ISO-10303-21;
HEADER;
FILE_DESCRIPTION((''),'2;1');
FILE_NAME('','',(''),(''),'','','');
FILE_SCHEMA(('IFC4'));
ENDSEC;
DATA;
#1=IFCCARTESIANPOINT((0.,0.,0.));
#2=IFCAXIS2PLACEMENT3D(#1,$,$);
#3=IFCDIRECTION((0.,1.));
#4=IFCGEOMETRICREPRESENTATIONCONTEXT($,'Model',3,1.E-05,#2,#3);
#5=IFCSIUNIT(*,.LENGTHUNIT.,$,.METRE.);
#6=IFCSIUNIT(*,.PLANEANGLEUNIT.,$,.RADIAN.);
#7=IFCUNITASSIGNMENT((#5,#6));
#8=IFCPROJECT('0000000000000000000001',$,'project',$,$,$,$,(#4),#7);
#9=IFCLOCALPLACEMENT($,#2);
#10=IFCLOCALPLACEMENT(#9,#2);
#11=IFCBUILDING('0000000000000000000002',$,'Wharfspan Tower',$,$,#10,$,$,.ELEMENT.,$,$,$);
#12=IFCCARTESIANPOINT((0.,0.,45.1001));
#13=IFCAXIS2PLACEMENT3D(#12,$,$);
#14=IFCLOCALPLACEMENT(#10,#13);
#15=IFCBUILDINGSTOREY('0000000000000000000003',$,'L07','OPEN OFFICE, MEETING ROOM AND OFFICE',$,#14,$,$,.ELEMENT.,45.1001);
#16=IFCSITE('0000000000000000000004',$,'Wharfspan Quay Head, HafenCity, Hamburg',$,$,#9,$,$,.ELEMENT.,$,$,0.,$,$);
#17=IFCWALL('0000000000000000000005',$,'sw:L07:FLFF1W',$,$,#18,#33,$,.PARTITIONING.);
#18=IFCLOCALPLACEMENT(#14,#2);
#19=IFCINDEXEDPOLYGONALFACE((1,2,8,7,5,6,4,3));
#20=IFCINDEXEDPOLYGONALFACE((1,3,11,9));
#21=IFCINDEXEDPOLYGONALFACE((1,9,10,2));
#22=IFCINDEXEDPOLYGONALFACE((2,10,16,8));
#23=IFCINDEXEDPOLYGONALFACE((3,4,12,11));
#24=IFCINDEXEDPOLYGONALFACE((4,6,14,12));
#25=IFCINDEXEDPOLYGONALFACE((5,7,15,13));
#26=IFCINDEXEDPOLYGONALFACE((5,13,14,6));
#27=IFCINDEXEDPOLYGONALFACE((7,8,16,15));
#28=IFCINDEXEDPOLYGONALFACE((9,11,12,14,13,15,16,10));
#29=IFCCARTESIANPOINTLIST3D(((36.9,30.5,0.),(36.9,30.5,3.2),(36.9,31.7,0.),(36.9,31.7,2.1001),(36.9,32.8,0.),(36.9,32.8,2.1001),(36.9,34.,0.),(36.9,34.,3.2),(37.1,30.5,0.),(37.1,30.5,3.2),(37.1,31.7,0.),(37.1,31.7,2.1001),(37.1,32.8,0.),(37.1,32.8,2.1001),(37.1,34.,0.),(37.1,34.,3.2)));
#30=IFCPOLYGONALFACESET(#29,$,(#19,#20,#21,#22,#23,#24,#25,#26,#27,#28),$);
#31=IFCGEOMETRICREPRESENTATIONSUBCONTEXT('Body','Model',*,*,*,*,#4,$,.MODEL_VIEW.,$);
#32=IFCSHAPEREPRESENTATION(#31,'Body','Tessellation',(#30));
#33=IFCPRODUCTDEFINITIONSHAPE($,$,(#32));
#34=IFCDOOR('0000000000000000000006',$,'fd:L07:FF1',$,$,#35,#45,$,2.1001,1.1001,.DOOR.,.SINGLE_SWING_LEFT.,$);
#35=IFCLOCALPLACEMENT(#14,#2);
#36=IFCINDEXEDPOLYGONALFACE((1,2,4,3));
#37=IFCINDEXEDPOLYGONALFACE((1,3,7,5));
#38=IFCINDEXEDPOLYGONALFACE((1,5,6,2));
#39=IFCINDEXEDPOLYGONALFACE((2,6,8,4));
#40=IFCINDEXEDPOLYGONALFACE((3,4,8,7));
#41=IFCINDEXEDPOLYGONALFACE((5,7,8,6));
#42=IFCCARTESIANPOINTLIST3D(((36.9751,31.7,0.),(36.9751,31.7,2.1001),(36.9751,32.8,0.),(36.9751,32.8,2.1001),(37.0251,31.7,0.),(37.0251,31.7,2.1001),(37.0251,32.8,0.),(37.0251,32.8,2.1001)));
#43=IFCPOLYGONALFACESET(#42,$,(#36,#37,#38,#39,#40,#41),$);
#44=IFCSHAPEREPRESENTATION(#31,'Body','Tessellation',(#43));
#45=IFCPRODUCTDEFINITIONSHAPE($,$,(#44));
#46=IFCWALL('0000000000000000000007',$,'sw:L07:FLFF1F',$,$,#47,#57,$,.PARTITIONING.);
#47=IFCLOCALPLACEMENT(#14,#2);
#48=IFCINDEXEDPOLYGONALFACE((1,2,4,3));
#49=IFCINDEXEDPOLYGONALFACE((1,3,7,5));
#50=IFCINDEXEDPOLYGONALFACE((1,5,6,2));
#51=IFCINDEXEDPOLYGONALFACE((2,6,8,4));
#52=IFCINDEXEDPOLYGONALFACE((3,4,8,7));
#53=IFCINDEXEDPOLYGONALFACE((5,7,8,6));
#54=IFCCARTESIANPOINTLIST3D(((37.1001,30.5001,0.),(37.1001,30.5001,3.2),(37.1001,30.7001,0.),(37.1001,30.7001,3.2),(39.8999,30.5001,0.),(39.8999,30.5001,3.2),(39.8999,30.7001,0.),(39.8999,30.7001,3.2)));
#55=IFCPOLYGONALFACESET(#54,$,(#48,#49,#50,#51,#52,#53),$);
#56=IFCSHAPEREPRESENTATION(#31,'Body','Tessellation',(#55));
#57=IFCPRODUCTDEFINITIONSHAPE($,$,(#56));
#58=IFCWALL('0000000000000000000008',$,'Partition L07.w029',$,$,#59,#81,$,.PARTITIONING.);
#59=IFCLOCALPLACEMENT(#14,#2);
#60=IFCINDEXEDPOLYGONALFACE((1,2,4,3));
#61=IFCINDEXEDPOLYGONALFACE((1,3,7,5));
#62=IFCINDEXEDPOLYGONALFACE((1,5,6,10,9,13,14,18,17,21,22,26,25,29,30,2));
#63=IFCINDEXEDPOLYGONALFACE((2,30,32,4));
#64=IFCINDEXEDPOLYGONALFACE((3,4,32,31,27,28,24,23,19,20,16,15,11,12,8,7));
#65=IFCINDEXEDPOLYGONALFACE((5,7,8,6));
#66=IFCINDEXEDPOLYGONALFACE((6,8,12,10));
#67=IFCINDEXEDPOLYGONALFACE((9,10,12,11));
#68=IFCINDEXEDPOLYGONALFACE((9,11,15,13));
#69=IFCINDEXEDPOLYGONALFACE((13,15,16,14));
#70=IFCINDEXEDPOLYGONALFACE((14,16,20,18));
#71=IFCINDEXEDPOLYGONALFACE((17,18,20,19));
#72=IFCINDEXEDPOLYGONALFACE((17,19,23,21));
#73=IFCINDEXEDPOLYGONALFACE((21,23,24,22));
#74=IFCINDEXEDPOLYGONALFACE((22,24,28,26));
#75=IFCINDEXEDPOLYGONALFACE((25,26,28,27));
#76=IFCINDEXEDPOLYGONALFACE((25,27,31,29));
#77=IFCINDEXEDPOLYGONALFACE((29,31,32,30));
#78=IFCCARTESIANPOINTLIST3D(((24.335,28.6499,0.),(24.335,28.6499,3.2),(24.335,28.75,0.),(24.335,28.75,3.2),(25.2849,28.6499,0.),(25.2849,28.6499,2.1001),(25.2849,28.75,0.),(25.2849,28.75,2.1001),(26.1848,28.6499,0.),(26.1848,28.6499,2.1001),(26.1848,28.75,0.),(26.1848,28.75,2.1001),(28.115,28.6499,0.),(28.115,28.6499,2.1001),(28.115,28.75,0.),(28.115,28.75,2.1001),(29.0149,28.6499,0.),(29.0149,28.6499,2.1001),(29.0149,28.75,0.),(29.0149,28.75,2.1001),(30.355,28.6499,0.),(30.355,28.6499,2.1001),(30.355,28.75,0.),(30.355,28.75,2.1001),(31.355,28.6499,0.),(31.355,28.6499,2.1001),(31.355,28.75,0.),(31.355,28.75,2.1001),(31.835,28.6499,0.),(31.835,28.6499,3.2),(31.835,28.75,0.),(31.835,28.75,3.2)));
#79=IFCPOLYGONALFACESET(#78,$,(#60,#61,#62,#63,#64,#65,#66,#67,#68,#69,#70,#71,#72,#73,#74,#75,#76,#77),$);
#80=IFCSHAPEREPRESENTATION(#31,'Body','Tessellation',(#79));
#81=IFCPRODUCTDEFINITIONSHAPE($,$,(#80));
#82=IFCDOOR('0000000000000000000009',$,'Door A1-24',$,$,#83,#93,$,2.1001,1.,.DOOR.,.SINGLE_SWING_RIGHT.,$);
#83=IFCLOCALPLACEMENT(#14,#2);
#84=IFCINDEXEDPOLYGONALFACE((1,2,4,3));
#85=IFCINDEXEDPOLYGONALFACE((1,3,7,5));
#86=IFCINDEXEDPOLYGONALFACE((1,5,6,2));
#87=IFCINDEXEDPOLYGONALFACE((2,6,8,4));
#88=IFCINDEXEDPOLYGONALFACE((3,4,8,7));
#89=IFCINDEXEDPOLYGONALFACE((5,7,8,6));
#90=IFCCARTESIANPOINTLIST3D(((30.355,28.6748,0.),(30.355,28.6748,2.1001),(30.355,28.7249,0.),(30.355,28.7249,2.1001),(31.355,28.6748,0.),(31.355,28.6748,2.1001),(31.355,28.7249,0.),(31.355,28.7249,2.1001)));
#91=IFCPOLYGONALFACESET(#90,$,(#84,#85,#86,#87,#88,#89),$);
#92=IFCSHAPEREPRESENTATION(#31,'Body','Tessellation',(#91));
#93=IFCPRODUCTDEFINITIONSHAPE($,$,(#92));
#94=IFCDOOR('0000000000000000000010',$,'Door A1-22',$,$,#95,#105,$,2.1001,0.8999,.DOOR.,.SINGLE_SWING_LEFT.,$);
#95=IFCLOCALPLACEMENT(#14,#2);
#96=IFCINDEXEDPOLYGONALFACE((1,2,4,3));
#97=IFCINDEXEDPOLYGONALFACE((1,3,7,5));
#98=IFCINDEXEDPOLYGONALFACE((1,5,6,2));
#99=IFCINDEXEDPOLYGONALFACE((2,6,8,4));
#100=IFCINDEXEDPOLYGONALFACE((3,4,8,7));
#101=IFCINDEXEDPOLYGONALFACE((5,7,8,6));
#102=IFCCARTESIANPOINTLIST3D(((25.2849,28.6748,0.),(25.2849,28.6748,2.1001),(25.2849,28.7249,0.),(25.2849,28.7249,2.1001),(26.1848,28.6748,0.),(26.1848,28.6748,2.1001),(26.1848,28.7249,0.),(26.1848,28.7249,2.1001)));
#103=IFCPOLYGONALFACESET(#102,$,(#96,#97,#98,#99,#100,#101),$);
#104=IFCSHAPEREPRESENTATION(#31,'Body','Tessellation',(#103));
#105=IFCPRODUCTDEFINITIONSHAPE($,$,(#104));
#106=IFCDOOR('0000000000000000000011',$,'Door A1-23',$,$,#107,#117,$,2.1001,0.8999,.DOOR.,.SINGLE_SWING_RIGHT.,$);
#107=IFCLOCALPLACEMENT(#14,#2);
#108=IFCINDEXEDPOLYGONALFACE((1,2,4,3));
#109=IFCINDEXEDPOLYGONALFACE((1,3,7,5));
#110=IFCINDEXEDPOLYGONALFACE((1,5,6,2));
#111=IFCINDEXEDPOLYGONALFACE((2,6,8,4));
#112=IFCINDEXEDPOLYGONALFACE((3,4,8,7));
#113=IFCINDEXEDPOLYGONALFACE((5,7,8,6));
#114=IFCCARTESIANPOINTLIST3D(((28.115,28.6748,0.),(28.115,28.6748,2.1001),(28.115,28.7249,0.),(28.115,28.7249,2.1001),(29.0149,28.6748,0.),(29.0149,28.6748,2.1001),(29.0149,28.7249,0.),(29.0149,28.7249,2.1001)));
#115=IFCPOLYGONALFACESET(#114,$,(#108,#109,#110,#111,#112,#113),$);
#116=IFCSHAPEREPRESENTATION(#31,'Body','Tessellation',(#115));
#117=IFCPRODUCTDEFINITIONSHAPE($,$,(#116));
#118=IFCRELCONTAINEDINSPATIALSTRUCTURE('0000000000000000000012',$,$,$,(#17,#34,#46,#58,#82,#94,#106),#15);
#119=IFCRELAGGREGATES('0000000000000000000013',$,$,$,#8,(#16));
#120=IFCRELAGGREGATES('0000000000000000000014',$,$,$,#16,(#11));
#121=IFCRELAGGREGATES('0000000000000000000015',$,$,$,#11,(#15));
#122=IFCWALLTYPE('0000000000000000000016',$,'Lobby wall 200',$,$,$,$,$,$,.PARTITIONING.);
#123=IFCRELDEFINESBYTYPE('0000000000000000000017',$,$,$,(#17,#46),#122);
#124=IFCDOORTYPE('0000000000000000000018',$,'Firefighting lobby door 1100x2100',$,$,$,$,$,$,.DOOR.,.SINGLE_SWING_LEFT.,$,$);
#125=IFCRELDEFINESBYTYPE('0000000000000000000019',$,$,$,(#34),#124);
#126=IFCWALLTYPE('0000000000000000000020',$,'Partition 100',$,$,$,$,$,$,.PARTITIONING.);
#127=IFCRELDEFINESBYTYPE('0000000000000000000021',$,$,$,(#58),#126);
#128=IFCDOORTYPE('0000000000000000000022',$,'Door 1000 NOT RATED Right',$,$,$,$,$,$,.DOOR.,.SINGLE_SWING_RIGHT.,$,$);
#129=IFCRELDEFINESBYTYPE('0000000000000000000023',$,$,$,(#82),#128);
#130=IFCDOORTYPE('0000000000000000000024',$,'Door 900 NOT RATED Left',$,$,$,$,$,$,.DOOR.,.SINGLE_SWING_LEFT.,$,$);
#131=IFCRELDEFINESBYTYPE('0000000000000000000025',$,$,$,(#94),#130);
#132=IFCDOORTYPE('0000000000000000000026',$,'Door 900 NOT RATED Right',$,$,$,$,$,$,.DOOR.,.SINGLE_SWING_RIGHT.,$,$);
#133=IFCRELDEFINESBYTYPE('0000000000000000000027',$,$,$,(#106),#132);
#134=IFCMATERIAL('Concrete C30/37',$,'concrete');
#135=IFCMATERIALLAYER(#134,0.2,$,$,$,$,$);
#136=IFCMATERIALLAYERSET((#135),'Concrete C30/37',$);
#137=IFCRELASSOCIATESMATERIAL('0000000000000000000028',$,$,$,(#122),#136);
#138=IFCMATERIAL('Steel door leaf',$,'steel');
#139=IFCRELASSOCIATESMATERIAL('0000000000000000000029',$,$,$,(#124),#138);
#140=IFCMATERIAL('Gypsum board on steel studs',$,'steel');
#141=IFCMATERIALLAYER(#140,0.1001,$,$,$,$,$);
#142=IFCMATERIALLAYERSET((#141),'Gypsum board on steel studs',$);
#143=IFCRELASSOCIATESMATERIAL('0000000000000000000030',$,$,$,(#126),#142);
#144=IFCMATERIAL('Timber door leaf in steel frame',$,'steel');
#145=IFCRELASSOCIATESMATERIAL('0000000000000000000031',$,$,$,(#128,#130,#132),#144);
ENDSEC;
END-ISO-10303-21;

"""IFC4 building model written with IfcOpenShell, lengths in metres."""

from ifc_helpers import new_model, si_unit, direction, frame, frame_2d, origin, place, context, subcontext, project, spatial, rectangle, extrude, material, layer, layer_set, type_object, element, fill, save


model = new_model("IFC4")

# Units and contexts
model_context = context("Model", 3, precision=1e-05, world=origin(), true_north=direction((0.0, 1.0)))
body_context = subcontext(model_context, "Body", "Model", "MODEL_VIEW")
ifc_project = project(units=[si_unit("LENGTHUNIT", "METRE"), si_unit("PLANEANGLEUNIT", "RADIAN")], contexts=[model_context])

# Site, building, storey
site_placement = place(None, origin())
site = spatial("IfcSite", under=ifc_project, at=site_placement, Name="Wharfspan Quay Head, HafenCity, Hamburg", CompositionType="ELEMENT", RefElevation=0.0)
building_placement = place(site_placement, origin())
building = spatial("IfcBuilding", under=site, at=building_placement, Name="Wharfspan Tower", CompositionType="ELEMENT")
storey_placement = place(building_placement, frame((0.0, 0.0, 45.1001)))
storey = spatial("IfcBuildingStorey", under=building, at=storey_placement, Name="L07", Description="OPEN OFFICE, MEETING ROOM AND OFFICE", CompositionType="ELEMENT", Elevation=45.1001)

# Shared definitions
ifc_material_1 = material(Name="Gypsum board on steel studs", Category="steel")

# Shared definitions
ifc_material_2 = material(Name="Steel door leaf", Category="steel")

# Wall, opening, door
ifc_material_3 = material(Name="Concrete C30/37", Category="concrete")
ifc_layer_1 = layer(ifc_material_3, 0.2)
ifc_layer_set_1 = layer_set([ifc_layer_1], Name="Concrete C30/37")
wall_type_1 = type_object("IfcWallType", Name="Lobby wall 200", PredefinedType="PARTITIONING", material=ifc_layer_set_1)
wall_1_placement = place(storey_placement, frame((37.0, 30.5, 0.0), z_axis=(0.0, 0.0, 1.0), x_axis=(0.0, 1.0, 0.0)))
wall_1 = element("IfcWall", 1, at=wall_1_placement, inside=storey, type_object=wall_type_1, Name="sw:L07:FLFF1W", PredefinedType="PARTITIONING", context=body_context, shape_type="SweptSolid", body=[
    extrude(rectangle(XDim=3.5, YDim=0.2, at=frame_2d((1.75, 0.0))), origin(), (0.0, 0.0, 1.0), 3.2),
])
opening_1_placement = place(wall_1_placement, frame((1.2, 0.0, 0.0)))
opening_1 = element("IfcOpeningElement", 2, at=opening_1_placement, cuts=wall_1, PredefinedType="OPENING", context=body_context, shape_type="SweptSolid", body=[
    extrude(rectangle(XDim=1.1001, YDim=2.1001, at=frame_2d((0.55, 1.05))), frame((0.0, 0.1099, 0.0), z_axis=(0.0, -1.0, 0.0), x_axis=(1.0, 0.0, 0.0)), (0.0, 0.0, 1.0), 0.22),
])
door_type_1 = type_object("IfcDoorType", Name="Firefighting lobby door 1100x2100", OperationType="SINGLE_SWING_LEFT", PredefinedType="DOOR", material=ifc_material_2)
door_1_placement = place(opening_1_placement, origin())
door_1 = element("IfcDoor", 3, at=door_1_placement, inside=storey, type_object=door_type_1, Name="fd:L07:FF1", OperationType="SINGLE_SWING_LEFT", OverallHeight=2.1001, OverallWidth=1.1001, PredefinedType="DOOR", context=body_context, shape_type="SweptSolid", body=[
    extrude(rectangle(XDim=1.1001, YDim=2.1001, at=frame_2d((0.55, 1.05))), frame((0.0, 0.0249, 0.0), z_axis=(0.0, -1.0, 0.0), x_axis=(1.0, 0.0, 0.0)), (0.0, 0.0, 1.0), 0.05),
])
fill(opening_1, door_1)

# Wall
wall_2_placement = place(storey_placement, frame((37.1001, 30.6001, 0.0), z_axis=(0.0, 0.0, 1.0), x_axis=(1.0, 0.0, 0.0)))
element("IfcWall", 4, at=wall_2_placement, inside=storey, type_object=wall_type_1, Name="sw:L07:FLFF1F", PredefinedType="PARTITIONING", context=body_context, shape_type="SweptSolid", body=[
    extrude(rectangle(XDim=2.7998, YDim=0.2, at=frame_2d((1.3999, 0.0))), origin(), (0.0, 0.0, 1.0), 3.2),
])

# Wall, openings, doors
ifc_layer_2 = layer(ifc_material_1, 0.1001)
ifc_layer_set_2 = layer_set([ifc_layer_2], Name="Gypsum board on steel studs")
wall_type_2 = type_object("IfcWallType", Name="Partition 100", PredefinedType="PARTITIONING", material=ifc_layer_set_2)
wall_3_placement = place(storey_placement, frame((24.335, 28.7, 0.0), z_axis=(0.0, 0.0, 1.0), x_axis=(1.0, 0.0, 0.0)))
wall_3 = element("IfcWall", 5, at=wall_3_placement, inside=storey, type_object=wall_type_2, Name="Partition L07.w029", PredefinedType="PARTITIONING", context=body_context, shape_type="SweptSolid", body=[
    extrude(rectangle(XDim=7.5, YDim=0.1001, at=frame_2d((3.75, 0.0))), origin(), (0.0, 0.0, 1.0), 3.2),
])
opening_2_placement = place(wall_3_placement, frame((0.95, 0.0, 0.0)))
opening_2 = element("IfcOpeningElement", 6, at=opening_2_placement, cuts=wall_3, PredefinedType="OPENING", context=body_context, shape_type="SweptSolid", body=[
    extrude(rectangle(XDim=0.8999, YDim=2.1001, at=frame_2d((0.45, 1.05))), frame((0.0, 0.0601, 0.0), z_axis=(0.0, -1.0, 0.0), x_axis=(1.0, 0.0, 0.0)), (0.0, 0.0, 1.0), 0.1201),
])
opening_3_placement = place(wall_3_placement, frame((3.78, 0.0, 0.0)))
opening_3 = element("IfcOpeningElement", 7, at=opening_3_placement, cuts=wall_3, PredefinedType="OPENING", context=body_context, shape_type="SweptSolid", body=[
    extrude(rectangle(XDim=0.8999, YDim=2.1001, at=frame_2d((0.45, 1.05))), frame((0.0, 0.0601, 0.0), z_axis=(0.0, -1.0, 0.0), x_axis=(1.0, 0.0, 0.0)), (0.0, 0.0, 1.0), 0.1201),
])
opening_4_placement = place(wall_3_placement, frame((6.02, 0.0, 0.0)))
opening_4 = element("IfcOpeningElement", 8, at=opening_4_placement, cuts=wall_3, PredefinedType="OPENING", context=body_context, shape_type="SweptSolid", body=[
    extrude(rectangle(XDim=1.0, YDim=2.1001, at=frame_2d((0.5, 1.05))), frame((0.0, 0.0601, 0.0), z_axis=(0.0, -1.0, 0.0), x_axis=(1.0, 0.0, 0.0)), (0.0, 0.0, 1.0), 0.1201),
])
ifc_material_4 = material(Name="Timber door leaf in steel frame", Category="steel")
door_type_2 = type_object("IfcDoorType", Name="Door 1000 NOT RATED Right", OperationType="SINGLE_SWING_RIGHT", PredefinedType="DOOR", material=ifc_material_4)
door_2_placement = place(opening_4_placement, origin())
door_2 = element("IfcDoor", 9, at=door_2_placement, inside=storey, type_object=door_type_2, Name="Door A1-24", OperationType="SINGLE_SWING_RIGHT", OverallHeight=2.1001, OverallWidth=1.0, PredefinedType="DOOR", context=body_context, shape_type="SweptSolid", body=[
    extrude(rectangle(XDim=1.0, YDim=2.1001, at=frame_2d((0.5, 1.05))), frame((0.0, 0.0249, 0.0), z_axis=(0.0, -1.0, 0.0), x_axis=(1.0, 0.0, 0.0)), (0.0, 0.0, 1.0), 0.05),
])
fill(opening_4, door_2)
door_type_3 = type_object("IfcDoorType", Name="Door 900 NOT RATED Left", OperationType="SINGLE_SWING_LEFT", PredefinedType="DOOR", material=ifc_material_4)
door_3_placement = place(opening_2_placement, origin())
door_3 = element("IfcDoor", 10, at=door_3_placement, inside=storey, type_object=door_type_3, Name="Door A1-22", OperationType="SINGLE_SWING_LEFT", OverallHeight=2.1001, OverallWidth=0.8999, PredefinedType="DOOR", context=body_context, shape_type="SweptSolid", body=[
    extrude(rectangle(XDim=0.8999, YDim=2.1001, at=frame_2d((0.45, 1.05))), frame((0.0, 0.0249, 0.0), z_axis=(0.0, -1.0, 0.0), x_axis=(1.0, 0.0, 0.0)), (0.0, 0.0, 1.0), 0.05),
])
fill(opening_2, door_3)
door_type_4 = type_object("IfcDoorType", Name="Door 900 NOT RATED Right", OperationType="SINGLE_SWING_RIGHT", PredefinedType="DOOR", material=ifc_material_4)
door_4_placement = place(opening_3_placement, origin())
door_4 = element("IfcDoor", 11, at=door_4_placement, inside=storey, type_object=door_type_4, Name="Door A1-23", OperationType="SINGLE_SWING_RIGHT", OverallHeight=2.1001, OverallWidth=0.8999, PredefinedType="DOOR", context=body_context, shape_type="SweptSolid", body=[
    extrude(rectangle(XDim=0.8999, YDim=2.1001, at=frame_2d((0.45, 1.05))), frame((0.0, 0.0249, 0.0), z_axis=(0.0, -1.0, 0.0), x_axis=(1.0, 0.0, 0.0)), (0.0, 0.0, 1.0), 0.05),
])
fill(opening_3, door_4)

save(model, "model.ifc")
